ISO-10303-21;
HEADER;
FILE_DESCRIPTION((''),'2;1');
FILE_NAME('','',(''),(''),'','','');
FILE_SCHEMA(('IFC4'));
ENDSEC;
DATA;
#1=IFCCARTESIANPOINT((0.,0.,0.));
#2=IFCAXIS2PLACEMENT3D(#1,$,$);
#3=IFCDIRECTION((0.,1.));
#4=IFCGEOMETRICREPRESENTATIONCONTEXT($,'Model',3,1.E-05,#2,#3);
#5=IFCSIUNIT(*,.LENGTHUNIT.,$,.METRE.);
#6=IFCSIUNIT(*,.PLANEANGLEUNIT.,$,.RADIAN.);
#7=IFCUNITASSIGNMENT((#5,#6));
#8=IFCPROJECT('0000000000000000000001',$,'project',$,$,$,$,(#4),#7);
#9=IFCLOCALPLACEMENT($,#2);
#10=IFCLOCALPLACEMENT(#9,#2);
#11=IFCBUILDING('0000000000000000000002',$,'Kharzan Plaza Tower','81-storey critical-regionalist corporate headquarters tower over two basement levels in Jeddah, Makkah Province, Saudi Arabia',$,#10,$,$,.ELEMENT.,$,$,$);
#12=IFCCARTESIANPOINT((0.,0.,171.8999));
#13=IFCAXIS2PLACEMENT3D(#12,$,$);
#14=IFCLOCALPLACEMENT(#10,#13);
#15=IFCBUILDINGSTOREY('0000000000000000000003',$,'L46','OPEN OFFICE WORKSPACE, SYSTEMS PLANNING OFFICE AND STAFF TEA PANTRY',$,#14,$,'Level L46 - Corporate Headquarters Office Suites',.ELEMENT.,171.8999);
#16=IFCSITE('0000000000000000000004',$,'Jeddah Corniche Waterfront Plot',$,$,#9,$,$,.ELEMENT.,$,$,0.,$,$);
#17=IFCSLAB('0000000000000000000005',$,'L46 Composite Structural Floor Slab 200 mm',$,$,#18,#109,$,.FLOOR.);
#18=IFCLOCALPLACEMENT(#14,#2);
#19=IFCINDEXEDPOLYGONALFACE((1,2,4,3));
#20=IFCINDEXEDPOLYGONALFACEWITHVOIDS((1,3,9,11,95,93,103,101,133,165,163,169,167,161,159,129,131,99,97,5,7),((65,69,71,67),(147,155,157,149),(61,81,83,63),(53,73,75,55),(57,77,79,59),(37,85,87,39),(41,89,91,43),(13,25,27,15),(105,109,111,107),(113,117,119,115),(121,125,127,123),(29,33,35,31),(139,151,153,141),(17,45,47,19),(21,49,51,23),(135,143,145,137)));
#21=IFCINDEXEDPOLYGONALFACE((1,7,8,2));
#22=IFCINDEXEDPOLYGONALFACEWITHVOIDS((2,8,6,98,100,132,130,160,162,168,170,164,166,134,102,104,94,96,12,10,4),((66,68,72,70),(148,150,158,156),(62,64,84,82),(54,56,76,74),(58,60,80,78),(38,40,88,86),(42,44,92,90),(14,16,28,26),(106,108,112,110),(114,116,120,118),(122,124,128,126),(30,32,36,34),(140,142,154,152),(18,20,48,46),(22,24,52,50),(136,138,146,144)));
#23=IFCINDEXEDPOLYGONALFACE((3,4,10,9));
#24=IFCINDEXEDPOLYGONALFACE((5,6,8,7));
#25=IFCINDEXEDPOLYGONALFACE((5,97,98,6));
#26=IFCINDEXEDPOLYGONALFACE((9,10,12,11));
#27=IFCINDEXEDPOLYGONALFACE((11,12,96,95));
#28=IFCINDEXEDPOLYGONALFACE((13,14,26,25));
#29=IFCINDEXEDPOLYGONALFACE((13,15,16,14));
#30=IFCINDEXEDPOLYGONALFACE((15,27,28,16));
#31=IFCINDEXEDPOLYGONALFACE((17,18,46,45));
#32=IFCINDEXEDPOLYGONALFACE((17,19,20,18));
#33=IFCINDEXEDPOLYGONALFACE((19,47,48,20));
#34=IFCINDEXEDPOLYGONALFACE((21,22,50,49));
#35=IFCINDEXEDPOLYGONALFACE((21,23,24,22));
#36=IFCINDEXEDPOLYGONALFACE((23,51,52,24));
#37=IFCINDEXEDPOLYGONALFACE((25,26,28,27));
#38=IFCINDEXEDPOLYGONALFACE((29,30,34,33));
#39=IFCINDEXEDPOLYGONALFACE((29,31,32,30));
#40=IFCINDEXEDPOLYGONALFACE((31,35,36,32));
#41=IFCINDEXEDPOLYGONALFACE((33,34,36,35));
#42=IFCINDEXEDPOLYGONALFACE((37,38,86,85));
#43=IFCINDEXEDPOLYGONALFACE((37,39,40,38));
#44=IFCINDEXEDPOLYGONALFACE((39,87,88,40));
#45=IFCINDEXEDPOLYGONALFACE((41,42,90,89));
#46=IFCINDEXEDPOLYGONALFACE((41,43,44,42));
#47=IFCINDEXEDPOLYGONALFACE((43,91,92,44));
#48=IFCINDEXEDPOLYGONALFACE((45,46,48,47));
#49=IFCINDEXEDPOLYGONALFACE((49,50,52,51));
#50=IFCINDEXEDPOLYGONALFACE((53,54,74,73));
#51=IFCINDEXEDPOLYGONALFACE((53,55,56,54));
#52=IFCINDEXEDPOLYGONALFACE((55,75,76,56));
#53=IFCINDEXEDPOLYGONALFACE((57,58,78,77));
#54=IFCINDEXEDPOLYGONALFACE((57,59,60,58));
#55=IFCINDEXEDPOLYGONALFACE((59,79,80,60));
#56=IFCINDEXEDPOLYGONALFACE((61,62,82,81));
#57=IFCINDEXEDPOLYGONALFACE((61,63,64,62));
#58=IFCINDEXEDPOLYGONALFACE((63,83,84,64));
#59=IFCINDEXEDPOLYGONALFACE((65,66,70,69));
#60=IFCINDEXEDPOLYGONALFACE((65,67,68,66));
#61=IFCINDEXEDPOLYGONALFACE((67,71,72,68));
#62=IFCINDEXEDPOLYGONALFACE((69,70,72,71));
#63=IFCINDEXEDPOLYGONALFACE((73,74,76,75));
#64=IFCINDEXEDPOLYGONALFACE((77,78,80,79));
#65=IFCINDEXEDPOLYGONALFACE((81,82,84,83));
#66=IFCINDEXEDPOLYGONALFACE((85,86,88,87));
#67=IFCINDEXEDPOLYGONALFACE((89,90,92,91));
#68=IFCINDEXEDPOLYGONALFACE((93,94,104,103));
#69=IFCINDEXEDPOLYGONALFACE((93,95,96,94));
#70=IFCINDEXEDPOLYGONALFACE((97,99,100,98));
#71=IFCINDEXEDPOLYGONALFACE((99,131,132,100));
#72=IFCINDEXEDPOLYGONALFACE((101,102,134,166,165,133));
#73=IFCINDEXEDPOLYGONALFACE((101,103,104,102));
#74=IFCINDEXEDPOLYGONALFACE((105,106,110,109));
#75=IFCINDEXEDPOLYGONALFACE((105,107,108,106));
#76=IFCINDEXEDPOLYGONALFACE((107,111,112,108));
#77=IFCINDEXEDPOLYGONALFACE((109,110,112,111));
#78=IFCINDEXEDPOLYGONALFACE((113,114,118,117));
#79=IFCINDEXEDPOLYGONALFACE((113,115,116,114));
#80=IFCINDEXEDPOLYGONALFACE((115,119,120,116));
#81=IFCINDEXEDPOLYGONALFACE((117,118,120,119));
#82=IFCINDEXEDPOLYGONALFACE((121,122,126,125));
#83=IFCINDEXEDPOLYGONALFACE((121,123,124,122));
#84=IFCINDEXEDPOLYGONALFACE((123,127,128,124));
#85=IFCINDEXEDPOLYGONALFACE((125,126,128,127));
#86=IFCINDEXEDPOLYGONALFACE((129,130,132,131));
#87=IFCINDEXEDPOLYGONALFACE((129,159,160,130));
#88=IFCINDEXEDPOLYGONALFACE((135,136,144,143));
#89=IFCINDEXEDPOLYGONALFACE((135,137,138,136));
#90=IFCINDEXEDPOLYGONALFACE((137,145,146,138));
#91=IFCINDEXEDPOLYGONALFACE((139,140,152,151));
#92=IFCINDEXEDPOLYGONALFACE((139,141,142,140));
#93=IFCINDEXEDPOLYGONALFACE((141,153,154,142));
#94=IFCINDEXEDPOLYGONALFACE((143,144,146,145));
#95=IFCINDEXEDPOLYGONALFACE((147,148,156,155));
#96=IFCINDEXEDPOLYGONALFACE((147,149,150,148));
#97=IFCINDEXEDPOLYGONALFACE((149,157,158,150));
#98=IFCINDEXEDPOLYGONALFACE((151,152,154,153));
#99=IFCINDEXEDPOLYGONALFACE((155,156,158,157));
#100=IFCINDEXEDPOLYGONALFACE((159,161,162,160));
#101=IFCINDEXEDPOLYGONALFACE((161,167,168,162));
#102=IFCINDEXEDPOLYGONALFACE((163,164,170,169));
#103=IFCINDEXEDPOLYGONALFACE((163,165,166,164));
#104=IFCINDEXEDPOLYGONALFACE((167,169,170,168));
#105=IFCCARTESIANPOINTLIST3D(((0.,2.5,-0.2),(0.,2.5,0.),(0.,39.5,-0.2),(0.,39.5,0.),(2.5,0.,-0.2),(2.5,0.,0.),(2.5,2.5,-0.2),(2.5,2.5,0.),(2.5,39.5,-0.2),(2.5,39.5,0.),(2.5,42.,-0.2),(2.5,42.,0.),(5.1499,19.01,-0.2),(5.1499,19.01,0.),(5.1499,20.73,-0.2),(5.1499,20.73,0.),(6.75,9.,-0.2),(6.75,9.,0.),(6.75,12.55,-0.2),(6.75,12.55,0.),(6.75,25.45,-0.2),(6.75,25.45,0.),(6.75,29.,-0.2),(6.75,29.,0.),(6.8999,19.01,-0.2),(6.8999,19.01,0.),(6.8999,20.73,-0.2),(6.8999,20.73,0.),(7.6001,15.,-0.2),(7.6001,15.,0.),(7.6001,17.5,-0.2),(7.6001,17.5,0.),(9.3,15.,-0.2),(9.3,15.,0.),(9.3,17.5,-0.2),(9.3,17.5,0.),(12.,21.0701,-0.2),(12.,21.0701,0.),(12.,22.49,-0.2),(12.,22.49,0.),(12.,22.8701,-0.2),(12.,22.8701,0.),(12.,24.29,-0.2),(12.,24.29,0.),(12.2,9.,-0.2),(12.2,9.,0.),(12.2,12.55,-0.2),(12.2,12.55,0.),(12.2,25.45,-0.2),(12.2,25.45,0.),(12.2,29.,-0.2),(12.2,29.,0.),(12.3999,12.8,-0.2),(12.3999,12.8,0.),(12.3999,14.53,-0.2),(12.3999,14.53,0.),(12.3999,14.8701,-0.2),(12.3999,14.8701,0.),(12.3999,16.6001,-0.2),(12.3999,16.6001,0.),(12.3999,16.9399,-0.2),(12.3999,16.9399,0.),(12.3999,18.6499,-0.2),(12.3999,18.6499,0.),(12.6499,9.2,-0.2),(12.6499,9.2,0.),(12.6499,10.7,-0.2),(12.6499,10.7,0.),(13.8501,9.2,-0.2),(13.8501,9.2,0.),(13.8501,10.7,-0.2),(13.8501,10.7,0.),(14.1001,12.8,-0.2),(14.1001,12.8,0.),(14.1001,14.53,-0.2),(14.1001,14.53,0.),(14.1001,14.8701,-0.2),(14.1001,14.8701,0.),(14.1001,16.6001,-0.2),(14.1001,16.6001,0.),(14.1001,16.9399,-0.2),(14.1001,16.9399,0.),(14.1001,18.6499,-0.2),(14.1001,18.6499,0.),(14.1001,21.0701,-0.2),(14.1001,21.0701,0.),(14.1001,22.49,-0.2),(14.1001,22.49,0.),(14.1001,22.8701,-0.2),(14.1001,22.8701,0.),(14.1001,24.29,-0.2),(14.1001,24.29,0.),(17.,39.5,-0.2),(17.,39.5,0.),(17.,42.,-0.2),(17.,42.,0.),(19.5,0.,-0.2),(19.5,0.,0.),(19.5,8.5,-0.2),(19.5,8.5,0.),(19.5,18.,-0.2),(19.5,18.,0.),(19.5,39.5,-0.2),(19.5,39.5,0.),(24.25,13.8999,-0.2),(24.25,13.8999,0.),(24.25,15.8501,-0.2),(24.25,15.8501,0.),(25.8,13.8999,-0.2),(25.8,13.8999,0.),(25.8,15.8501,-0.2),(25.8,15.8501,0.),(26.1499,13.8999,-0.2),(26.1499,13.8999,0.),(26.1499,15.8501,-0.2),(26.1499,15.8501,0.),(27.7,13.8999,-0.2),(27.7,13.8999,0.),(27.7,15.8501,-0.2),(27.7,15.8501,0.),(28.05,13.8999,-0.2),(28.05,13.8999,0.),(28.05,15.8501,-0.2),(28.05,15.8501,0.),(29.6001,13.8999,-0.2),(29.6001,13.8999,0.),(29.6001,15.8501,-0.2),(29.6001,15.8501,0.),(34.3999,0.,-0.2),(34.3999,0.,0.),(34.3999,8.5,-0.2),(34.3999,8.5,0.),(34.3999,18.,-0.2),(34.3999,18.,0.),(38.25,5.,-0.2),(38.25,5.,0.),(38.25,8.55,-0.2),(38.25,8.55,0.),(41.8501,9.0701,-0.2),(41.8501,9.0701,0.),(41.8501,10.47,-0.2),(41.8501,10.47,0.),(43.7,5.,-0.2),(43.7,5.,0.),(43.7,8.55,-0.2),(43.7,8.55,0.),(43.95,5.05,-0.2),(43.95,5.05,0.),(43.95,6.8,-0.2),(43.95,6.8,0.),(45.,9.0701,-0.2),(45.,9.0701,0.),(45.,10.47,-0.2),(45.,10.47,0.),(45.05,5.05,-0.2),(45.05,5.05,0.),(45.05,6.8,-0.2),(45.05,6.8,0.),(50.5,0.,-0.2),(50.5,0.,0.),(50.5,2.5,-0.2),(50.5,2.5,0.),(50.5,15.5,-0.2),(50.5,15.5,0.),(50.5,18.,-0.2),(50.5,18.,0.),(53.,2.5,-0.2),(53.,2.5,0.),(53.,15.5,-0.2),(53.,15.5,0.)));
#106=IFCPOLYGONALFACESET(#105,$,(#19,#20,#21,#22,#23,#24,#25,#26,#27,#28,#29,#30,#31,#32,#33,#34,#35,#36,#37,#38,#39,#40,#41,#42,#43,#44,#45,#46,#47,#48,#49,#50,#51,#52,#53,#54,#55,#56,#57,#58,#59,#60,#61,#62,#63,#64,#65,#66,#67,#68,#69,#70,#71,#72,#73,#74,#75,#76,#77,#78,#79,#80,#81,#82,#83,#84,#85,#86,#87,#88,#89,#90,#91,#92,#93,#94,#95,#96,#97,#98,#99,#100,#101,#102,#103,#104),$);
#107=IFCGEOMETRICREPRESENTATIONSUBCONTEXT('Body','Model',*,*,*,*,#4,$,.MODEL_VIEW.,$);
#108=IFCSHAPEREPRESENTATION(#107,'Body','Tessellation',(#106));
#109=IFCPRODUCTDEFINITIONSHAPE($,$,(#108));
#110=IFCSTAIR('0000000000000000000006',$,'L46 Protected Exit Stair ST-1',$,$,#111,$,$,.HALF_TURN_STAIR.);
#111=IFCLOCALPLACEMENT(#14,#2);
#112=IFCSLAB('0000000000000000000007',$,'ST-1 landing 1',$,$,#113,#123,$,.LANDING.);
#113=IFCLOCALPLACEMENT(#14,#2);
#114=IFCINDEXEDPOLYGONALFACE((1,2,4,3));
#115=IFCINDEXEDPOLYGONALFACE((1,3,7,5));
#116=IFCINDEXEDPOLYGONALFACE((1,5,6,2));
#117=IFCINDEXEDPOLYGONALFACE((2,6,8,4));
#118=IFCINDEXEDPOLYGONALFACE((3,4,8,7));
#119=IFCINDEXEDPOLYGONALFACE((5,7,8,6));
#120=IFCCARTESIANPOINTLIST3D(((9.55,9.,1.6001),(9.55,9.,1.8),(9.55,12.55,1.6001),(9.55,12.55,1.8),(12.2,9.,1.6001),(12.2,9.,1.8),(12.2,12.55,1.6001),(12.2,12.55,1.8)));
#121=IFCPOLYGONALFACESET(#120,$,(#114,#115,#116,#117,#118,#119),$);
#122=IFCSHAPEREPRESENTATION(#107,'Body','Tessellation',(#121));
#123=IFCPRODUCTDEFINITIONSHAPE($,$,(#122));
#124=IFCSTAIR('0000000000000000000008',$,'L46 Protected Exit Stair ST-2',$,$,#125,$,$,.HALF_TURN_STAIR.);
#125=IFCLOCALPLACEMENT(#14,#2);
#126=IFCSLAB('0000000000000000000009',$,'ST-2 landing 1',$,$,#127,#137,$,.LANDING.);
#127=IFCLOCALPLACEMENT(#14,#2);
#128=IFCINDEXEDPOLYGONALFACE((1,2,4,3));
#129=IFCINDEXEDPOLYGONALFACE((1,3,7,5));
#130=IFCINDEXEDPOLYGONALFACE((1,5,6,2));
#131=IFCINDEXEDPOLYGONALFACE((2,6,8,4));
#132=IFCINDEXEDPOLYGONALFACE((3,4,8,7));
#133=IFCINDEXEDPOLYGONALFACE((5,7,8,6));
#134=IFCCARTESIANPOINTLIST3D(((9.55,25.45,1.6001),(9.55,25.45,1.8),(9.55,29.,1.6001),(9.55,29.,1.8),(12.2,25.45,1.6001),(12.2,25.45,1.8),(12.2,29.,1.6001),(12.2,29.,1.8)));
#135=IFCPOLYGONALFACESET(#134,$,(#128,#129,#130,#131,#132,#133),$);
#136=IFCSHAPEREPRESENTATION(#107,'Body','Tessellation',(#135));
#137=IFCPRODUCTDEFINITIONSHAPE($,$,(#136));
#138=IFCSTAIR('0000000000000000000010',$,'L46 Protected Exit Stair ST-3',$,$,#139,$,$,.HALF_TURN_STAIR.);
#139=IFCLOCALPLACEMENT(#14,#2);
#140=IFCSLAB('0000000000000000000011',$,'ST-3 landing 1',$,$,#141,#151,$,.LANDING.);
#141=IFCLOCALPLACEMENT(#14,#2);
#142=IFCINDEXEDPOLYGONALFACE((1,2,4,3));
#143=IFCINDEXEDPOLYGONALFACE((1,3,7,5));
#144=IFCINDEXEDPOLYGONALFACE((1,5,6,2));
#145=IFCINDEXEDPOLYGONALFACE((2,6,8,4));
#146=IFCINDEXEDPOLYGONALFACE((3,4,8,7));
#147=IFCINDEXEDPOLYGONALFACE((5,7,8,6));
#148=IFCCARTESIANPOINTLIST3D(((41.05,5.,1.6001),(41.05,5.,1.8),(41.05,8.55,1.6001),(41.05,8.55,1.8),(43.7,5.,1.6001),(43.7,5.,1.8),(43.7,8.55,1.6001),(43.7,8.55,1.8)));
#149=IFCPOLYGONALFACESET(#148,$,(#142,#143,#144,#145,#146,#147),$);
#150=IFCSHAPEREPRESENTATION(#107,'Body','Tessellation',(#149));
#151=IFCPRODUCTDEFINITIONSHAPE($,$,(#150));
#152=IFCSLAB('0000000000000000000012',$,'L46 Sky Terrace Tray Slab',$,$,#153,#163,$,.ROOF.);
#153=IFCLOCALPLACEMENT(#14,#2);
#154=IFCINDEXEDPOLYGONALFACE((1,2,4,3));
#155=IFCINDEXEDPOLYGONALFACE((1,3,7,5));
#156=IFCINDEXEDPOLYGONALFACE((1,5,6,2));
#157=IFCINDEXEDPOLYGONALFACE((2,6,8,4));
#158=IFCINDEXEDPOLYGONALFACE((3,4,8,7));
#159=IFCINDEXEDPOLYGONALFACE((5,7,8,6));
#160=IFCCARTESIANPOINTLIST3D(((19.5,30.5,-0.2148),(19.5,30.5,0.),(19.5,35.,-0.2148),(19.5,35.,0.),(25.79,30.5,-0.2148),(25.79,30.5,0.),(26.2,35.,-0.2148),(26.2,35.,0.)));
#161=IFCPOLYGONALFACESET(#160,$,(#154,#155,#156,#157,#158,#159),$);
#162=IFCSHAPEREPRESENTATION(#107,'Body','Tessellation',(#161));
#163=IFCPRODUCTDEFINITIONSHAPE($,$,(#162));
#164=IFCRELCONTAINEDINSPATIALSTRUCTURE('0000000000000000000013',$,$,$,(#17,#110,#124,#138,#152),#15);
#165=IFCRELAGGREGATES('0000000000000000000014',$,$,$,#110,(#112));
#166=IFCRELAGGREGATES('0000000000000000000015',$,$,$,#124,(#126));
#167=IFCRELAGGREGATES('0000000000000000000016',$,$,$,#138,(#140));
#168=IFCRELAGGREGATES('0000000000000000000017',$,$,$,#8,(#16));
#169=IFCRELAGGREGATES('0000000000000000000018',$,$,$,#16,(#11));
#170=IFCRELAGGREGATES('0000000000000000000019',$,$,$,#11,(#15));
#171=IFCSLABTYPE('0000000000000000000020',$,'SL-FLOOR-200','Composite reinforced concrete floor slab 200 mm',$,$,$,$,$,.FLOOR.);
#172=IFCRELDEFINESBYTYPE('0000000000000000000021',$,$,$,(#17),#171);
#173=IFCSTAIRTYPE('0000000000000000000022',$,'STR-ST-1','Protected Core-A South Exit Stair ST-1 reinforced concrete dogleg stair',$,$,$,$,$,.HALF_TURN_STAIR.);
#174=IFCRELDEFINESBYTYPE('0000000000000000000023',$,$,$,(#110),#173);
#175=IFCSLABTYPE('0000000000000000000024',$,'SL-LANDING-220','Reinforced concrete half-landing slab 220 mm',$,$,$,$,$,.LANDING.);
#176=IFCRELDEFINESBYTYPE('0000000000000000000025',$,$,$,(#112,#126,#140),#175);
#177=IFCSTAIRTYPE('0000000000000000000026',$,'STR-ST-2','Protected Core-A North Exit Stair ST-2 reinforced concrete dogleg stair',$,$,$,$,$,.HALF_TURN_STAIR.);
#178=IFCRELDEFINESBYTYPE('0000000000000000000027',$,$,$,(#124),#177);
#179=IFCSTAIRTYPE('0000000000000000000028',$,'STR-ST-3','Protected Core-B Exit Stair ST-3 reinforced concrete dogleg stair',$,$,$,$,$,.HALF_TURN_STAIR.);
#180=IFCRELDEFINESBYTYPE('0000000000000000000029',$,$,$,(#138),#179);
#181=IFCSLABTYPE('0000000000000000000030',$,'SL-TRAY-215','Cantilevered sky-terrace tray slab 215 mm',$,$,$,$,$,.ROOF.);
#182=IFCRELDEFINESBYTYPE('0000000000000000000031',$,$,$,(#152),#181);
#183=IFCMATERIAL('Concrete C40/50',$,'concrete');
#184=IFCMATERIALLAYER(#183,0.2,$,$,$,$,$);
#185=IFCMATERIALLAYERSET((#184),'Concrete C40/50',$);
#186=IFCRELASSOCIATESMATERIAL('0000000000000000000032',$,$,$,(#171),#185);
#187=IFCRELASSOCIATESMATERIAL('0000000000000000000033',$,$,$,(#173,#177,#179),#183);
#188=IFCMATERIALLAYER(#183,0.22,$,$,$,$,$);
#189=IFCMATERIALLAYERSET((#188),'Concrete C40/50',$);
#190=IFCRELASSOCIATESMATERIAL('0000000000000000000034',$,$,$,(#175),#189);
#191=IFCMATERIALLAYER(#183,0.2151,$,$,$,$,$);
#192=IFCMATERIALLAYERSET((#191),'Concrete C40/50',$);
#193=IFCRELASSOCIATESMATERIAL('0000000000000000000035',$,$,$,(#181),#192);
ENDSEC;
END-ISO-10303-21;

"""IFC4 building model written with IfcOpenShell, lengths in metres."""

from ifc_helpers import new_model, si_unit, direction, frame, origin, place, context, subcontext, project, spatial, polyline, outline, extrude, material, layer, layer_set, type_object, element, aggregate, save


model = new_model("IFC4")

# Units and contexts
model_context = context("Model", 3, precision=1e-05, world=origin(), true_north=direction((0.0, 1.0)))
body_context = subcontext(model_context, "Body", "Model", "MODEL_VIEW")
ifc_project = project(units=[si_unit("LENGTHUNIT", "METRE"), si_unit("PLANEANGLEUNIT", "RADIAN")], contexts=[model_context])

# Site, building, storey
site_placement = place(None, origin())
site = spatial("IfcSite", under=ifc_project, at=site_placement, Name="Jeddah Corniche Waterfront Plot", CompositionType="ELEMENT", RefElevation=0.0)
building_placement = place(site_placement, origin())
building = spatial("IfcBuilding", under=site, at=building_placement, Name="Kharzan Plaza Tower", Description="81-storey critical-regionalist corporate headquarters tower over two basement levels in Jeddah, Makkah Province, Saudi Arabia", CompositionType="ELEMENT")
storey_placement = place(building_placement, frame((0.0, 0.0, 171.8999)))
storey = spatial("IfcBuildingStorey", under=building, at=storey_placement, Name="L46", Description="OPEN OFFICE WORKSPACE, SYSTEMS PLANNING OFFICE AND STAFF TEA PANTRY", LongName="Level L46 - Corporate Headquarters Office Suites", CompositionType="ELEMENT", Elevation=171.8999)

# Slab
ifc_material_1 = material(Name="Concrete C40/50", Category="concrete")
ifc_layer_1 = layer(ifc_material_1, 0.2)
ifc_layer_set_1 = layer_set([ifc_layer_1], Name="Concrete C40/50")
slab_type_1 = type_object("IfcSlabType", Name="SL-FLOOR-200", Description="Composite reinforced concrete floor slab 200 mm", PredefinedType="FLOOR", material=ifc_layer_set_1)
slab_1_placement = place(storey_placement, frame((0.0, 0.0, -0.2)))
element("IfcSlab", 1, at=slab_1_placement, inside=storey, type_object=slab_type_1, Name="L46 Composite Structural Floor Slab 200 mm", PredefinedType="FLOOR", context=body_context, shape_type="SweptSolid", body=[
    extrude(outline(polyline([(34.3999, 18.0), (19.5, 18.0), (19.5, 39.5), (17.0, 39.5), (17.0, 42.0), (2.5, 42.0), (2.5, 39.5), (0.0, 39.5), (0.0, 2.5), (2.5, 2.5), (2.5, 0.0), (19.5, 0.0), (19.5, 8.5), (34.3999, 8.5), (34.3999, 0.0), (50.5, 0.0), (50.5, 2.5), (53.0, 2.5), (53.0, 15.5), (50.5, 15.5), (50.5, 18.0), (34.3999, 18.0)]), holes=[polyline([(12.2, 9.0), (12.2, 12.55), (6.75, 12.55), (6.75, 9.0), (12.2, 9.0)]), polyline([(14.1001, 12.8), (14.1001, 14.53), (12.3999, 14.53), (12.3999, 12.8), (14.1001, 12.8)]), polyline([(14.1001, 14.8701), (14.1001, 16.6001), (12.3999, 16.6001), (12.3999, 14.8701), (14.1001, 14.8701)]), polyline([(9.3, 15.0), (9.3, 17.5), (7.6001, 17.5), (7.6001, 15.0), (9.3, 15.0)]), polyline([(6.8999, 19.01), (6.8999, 20.73), (5.1499, 20.73), (5.1499, 19.01), (6.8999, 19.01)]), polyline([(14.1001, 21.0701), (14.1001, 22.49), (12.0, 22.49), (12.0, 21.0701), (14.1001, 21.0701)]), polyline([(14.1001, 22.8701), (14.1001, 24.29), (12.0, 24.29), (12.0, 22.8701), (14.1001, 22.8701)]), polyline([(12.2, 25.45), (12.2, 29.0), (6.75, 29.0), (6.75, 25.45), (12.2, 25.45)]), polyline([(45.05, 5.05), (45.05, 6.8), (43.95, 6.8), (43.95, 5.05), (45.05, 5.05)]), polyline([(43.7, 5.0), (43.7, 8.55), (38.25, 8.55), (38.25, 5.0), (43.7, 5.0)]), polyline([(45.0, 9.0701), (45.0, 10.47), (41.8501, 10.47), (41.8501, 9.0701), (45.0, 9.0701)]), polyline([(13.8501, 9.2), (13.8501, 10.7), (12.6499, 10.7), (12.6499, 9.2), (13.8501, 9.2)]), polyline([(25.8, 13.8999), (25.8, 15.8501), (24.25, 15.8501), (24.25, 13.8999), (25.8, 13.8999)]), polyline([(27.7, 13.8999), (27.7, 15.8501), (26.1499, 15.8501), (26.1499, 13.8999), (27.7, 13.8999)]), polyline([(29.6001, 13.8999), (29.6001, 15.8501), (28.05, 15.8501), (28.05, 13.8999), (29.6001, 13.8999)]), polyline([(14.1001, 16.9399), (14.1001, 18.6499), (12.3999, 18.6499), (12.3999, 16.9399), (14.1001, 16.9399)])]), origin(), (0.0, 0.0, 1.0), 0.2),
])

# Stairs, slabs
stair_type_1 = type_object("IfcStairType", Name="STR-ST-1", Description="Protected Core-A South Exit Stair ST-1 reinforced concrete dogleg stair", PredefinedType="HALF_TURN_STAIR", material=ifc_material_1)
stair_1_placement = place(storey_placement, origin())
stair_1 = element("IfcStair", 2, at=stair_1_placement, inside=storey, type_object=stair_type_1, Name="L46 Protected Exit Stair ST-1", PredefinedType="HALF_TURN_STAIR")
ifc_layer_2 = layer(ifc_material_1, 0.22)
ifc_layer_set_2 = layer_set([ifc_layer_2], Name="Concrete C40/50")
slab_type_2 = type_object("IfcSlabType", Name="SL-LANDING-220", Description="Reinforced concrete half-landing slab 220 mm", PredefinedType="LANDING", material=ifc_layer_set_2)
slab_2_placement = place(storey_placement, frame((0.0, 0.0, 1.6001)))
slab_2 = element("IfcSlab", 3, at=slab_2_placement, type_object=slab_type_2, Name="ST-1 landing 1", PredefinedType="LANDING", context=body_context, shape_type="SweptSolid", body=[
    extrude(outline(polyline([(9.55, 9.0), (12.2, 9.0), (12.2, 12.55), (9.55, 12.55), (9.55, 9.0)])), origin(), (0.0, 0.0, 1.0), 0.2),
])
aggregate(stair_1, [slab_2])
stair_type_2 = type_object("IfcStairType", Name="STR-ST-2", Description="Protected Core-A North Exit Stair ST-2 reinforced concrete dogleg stair", PredefinedType="HALF_TURN_STAIR", material=ifc_material_1)
stair_2_placement = place(storey_placement, origin())
stair_2 = element("IfcStair", 4, at=stair_2_placement, inside=storey, type_object=stair_type_2, Name="L46 Protected Exit Stair ST-2", PredefinedType="HALF_TURN_STAIR")
slab_3_placement = place(storey_placement, frame((0.0, 0.0, 1.6001)))
slab_3 = element("IfcSlab", 5, at=slab_3_placement, type_object=slab_type_2, Name="ST-2 landing 1", PredefinedType="LANDING", context=body_context, shape_type="SweptSolid", body=[
    extrude(outline(polyline([(9.55, 25.45), (12.2, 25.45), (12.2, 29.0), (9.55, 29.0), (9.55, 25.45)])), origin(), (0.0, 0.0, 1.0), 0.2),
])
aggregate(stair_2, [slab_3])
stair_type_3 = type_object("IfcStairType", Name="STR-ST-3", Description="Protected Core-B Exit Stair ST-3 reinforced concrete dogleg stair", PredefinedType="HALF_TURN_STAIR", material=ifc_material_1)
stair_3_placement = place(storey_placement, origin())
stair_3 = element("IfcStair", 6, at=stair_3_placement, inside=storey, type_object=stair_type_3, Name="L46 Protected Exit Stair ST-3", PredefinedType="HALF_TURN_STAIR")
slab_4_placement = place(storey_placement, frame((0.0, 0.0, 1.6001)))
slab_4 = element("IfcSlab", 7, at=slab_4_placement, type_object=slab_type_2, Name="ST-3 landing 1", PredefinedType="LANDING", context=body_context, shape_type="SweptSolid", body=[
    extrude(outline(polyline([(41.05, 5.0), (43.7, 5.0), (43.7, 8.55), (41.05, 8.55), (41.05, 5.0)])), origin(), (0.0, 0.0, 1.0), 0.2),
])
aggregate(stair_3, [slab_4])

# Slab
ifc_layer_3 = layer(ifc_material_1, 0.2151)
ifc_layer_set_3 = layer_set([ifc_layer_3], Name="Concrete C40/50")
slab_type_3 = type_object("IfcSlabType", Name="SL-TRAY-215", Description="Cantilevered sky-terrace tray slab 215 mm", PredefinedType="ROOF", material=ifc_layer_set_3)
slab_5_placement = place(storey_placement, frame((0.0, 0.0, -0.2148)))
element("IfcSlab", 8, at=slab_5_placement, inside=storey, type_object=slab_type_3, Name="L46 Sky Terrace Tray Slab", PredefinedType="ROOF", context=body_context, shape_type="SweptSolid", body=[
    extrude(outline(polyline([(19.5, 30.5), (25.79, 30.5), (26.2, 35.0), (19.5, 35.0), (19.5, 30.5)])), origin(), (0.0, 0.0, 1.0), 0.2148),
])

save(model, "model.ifc")
